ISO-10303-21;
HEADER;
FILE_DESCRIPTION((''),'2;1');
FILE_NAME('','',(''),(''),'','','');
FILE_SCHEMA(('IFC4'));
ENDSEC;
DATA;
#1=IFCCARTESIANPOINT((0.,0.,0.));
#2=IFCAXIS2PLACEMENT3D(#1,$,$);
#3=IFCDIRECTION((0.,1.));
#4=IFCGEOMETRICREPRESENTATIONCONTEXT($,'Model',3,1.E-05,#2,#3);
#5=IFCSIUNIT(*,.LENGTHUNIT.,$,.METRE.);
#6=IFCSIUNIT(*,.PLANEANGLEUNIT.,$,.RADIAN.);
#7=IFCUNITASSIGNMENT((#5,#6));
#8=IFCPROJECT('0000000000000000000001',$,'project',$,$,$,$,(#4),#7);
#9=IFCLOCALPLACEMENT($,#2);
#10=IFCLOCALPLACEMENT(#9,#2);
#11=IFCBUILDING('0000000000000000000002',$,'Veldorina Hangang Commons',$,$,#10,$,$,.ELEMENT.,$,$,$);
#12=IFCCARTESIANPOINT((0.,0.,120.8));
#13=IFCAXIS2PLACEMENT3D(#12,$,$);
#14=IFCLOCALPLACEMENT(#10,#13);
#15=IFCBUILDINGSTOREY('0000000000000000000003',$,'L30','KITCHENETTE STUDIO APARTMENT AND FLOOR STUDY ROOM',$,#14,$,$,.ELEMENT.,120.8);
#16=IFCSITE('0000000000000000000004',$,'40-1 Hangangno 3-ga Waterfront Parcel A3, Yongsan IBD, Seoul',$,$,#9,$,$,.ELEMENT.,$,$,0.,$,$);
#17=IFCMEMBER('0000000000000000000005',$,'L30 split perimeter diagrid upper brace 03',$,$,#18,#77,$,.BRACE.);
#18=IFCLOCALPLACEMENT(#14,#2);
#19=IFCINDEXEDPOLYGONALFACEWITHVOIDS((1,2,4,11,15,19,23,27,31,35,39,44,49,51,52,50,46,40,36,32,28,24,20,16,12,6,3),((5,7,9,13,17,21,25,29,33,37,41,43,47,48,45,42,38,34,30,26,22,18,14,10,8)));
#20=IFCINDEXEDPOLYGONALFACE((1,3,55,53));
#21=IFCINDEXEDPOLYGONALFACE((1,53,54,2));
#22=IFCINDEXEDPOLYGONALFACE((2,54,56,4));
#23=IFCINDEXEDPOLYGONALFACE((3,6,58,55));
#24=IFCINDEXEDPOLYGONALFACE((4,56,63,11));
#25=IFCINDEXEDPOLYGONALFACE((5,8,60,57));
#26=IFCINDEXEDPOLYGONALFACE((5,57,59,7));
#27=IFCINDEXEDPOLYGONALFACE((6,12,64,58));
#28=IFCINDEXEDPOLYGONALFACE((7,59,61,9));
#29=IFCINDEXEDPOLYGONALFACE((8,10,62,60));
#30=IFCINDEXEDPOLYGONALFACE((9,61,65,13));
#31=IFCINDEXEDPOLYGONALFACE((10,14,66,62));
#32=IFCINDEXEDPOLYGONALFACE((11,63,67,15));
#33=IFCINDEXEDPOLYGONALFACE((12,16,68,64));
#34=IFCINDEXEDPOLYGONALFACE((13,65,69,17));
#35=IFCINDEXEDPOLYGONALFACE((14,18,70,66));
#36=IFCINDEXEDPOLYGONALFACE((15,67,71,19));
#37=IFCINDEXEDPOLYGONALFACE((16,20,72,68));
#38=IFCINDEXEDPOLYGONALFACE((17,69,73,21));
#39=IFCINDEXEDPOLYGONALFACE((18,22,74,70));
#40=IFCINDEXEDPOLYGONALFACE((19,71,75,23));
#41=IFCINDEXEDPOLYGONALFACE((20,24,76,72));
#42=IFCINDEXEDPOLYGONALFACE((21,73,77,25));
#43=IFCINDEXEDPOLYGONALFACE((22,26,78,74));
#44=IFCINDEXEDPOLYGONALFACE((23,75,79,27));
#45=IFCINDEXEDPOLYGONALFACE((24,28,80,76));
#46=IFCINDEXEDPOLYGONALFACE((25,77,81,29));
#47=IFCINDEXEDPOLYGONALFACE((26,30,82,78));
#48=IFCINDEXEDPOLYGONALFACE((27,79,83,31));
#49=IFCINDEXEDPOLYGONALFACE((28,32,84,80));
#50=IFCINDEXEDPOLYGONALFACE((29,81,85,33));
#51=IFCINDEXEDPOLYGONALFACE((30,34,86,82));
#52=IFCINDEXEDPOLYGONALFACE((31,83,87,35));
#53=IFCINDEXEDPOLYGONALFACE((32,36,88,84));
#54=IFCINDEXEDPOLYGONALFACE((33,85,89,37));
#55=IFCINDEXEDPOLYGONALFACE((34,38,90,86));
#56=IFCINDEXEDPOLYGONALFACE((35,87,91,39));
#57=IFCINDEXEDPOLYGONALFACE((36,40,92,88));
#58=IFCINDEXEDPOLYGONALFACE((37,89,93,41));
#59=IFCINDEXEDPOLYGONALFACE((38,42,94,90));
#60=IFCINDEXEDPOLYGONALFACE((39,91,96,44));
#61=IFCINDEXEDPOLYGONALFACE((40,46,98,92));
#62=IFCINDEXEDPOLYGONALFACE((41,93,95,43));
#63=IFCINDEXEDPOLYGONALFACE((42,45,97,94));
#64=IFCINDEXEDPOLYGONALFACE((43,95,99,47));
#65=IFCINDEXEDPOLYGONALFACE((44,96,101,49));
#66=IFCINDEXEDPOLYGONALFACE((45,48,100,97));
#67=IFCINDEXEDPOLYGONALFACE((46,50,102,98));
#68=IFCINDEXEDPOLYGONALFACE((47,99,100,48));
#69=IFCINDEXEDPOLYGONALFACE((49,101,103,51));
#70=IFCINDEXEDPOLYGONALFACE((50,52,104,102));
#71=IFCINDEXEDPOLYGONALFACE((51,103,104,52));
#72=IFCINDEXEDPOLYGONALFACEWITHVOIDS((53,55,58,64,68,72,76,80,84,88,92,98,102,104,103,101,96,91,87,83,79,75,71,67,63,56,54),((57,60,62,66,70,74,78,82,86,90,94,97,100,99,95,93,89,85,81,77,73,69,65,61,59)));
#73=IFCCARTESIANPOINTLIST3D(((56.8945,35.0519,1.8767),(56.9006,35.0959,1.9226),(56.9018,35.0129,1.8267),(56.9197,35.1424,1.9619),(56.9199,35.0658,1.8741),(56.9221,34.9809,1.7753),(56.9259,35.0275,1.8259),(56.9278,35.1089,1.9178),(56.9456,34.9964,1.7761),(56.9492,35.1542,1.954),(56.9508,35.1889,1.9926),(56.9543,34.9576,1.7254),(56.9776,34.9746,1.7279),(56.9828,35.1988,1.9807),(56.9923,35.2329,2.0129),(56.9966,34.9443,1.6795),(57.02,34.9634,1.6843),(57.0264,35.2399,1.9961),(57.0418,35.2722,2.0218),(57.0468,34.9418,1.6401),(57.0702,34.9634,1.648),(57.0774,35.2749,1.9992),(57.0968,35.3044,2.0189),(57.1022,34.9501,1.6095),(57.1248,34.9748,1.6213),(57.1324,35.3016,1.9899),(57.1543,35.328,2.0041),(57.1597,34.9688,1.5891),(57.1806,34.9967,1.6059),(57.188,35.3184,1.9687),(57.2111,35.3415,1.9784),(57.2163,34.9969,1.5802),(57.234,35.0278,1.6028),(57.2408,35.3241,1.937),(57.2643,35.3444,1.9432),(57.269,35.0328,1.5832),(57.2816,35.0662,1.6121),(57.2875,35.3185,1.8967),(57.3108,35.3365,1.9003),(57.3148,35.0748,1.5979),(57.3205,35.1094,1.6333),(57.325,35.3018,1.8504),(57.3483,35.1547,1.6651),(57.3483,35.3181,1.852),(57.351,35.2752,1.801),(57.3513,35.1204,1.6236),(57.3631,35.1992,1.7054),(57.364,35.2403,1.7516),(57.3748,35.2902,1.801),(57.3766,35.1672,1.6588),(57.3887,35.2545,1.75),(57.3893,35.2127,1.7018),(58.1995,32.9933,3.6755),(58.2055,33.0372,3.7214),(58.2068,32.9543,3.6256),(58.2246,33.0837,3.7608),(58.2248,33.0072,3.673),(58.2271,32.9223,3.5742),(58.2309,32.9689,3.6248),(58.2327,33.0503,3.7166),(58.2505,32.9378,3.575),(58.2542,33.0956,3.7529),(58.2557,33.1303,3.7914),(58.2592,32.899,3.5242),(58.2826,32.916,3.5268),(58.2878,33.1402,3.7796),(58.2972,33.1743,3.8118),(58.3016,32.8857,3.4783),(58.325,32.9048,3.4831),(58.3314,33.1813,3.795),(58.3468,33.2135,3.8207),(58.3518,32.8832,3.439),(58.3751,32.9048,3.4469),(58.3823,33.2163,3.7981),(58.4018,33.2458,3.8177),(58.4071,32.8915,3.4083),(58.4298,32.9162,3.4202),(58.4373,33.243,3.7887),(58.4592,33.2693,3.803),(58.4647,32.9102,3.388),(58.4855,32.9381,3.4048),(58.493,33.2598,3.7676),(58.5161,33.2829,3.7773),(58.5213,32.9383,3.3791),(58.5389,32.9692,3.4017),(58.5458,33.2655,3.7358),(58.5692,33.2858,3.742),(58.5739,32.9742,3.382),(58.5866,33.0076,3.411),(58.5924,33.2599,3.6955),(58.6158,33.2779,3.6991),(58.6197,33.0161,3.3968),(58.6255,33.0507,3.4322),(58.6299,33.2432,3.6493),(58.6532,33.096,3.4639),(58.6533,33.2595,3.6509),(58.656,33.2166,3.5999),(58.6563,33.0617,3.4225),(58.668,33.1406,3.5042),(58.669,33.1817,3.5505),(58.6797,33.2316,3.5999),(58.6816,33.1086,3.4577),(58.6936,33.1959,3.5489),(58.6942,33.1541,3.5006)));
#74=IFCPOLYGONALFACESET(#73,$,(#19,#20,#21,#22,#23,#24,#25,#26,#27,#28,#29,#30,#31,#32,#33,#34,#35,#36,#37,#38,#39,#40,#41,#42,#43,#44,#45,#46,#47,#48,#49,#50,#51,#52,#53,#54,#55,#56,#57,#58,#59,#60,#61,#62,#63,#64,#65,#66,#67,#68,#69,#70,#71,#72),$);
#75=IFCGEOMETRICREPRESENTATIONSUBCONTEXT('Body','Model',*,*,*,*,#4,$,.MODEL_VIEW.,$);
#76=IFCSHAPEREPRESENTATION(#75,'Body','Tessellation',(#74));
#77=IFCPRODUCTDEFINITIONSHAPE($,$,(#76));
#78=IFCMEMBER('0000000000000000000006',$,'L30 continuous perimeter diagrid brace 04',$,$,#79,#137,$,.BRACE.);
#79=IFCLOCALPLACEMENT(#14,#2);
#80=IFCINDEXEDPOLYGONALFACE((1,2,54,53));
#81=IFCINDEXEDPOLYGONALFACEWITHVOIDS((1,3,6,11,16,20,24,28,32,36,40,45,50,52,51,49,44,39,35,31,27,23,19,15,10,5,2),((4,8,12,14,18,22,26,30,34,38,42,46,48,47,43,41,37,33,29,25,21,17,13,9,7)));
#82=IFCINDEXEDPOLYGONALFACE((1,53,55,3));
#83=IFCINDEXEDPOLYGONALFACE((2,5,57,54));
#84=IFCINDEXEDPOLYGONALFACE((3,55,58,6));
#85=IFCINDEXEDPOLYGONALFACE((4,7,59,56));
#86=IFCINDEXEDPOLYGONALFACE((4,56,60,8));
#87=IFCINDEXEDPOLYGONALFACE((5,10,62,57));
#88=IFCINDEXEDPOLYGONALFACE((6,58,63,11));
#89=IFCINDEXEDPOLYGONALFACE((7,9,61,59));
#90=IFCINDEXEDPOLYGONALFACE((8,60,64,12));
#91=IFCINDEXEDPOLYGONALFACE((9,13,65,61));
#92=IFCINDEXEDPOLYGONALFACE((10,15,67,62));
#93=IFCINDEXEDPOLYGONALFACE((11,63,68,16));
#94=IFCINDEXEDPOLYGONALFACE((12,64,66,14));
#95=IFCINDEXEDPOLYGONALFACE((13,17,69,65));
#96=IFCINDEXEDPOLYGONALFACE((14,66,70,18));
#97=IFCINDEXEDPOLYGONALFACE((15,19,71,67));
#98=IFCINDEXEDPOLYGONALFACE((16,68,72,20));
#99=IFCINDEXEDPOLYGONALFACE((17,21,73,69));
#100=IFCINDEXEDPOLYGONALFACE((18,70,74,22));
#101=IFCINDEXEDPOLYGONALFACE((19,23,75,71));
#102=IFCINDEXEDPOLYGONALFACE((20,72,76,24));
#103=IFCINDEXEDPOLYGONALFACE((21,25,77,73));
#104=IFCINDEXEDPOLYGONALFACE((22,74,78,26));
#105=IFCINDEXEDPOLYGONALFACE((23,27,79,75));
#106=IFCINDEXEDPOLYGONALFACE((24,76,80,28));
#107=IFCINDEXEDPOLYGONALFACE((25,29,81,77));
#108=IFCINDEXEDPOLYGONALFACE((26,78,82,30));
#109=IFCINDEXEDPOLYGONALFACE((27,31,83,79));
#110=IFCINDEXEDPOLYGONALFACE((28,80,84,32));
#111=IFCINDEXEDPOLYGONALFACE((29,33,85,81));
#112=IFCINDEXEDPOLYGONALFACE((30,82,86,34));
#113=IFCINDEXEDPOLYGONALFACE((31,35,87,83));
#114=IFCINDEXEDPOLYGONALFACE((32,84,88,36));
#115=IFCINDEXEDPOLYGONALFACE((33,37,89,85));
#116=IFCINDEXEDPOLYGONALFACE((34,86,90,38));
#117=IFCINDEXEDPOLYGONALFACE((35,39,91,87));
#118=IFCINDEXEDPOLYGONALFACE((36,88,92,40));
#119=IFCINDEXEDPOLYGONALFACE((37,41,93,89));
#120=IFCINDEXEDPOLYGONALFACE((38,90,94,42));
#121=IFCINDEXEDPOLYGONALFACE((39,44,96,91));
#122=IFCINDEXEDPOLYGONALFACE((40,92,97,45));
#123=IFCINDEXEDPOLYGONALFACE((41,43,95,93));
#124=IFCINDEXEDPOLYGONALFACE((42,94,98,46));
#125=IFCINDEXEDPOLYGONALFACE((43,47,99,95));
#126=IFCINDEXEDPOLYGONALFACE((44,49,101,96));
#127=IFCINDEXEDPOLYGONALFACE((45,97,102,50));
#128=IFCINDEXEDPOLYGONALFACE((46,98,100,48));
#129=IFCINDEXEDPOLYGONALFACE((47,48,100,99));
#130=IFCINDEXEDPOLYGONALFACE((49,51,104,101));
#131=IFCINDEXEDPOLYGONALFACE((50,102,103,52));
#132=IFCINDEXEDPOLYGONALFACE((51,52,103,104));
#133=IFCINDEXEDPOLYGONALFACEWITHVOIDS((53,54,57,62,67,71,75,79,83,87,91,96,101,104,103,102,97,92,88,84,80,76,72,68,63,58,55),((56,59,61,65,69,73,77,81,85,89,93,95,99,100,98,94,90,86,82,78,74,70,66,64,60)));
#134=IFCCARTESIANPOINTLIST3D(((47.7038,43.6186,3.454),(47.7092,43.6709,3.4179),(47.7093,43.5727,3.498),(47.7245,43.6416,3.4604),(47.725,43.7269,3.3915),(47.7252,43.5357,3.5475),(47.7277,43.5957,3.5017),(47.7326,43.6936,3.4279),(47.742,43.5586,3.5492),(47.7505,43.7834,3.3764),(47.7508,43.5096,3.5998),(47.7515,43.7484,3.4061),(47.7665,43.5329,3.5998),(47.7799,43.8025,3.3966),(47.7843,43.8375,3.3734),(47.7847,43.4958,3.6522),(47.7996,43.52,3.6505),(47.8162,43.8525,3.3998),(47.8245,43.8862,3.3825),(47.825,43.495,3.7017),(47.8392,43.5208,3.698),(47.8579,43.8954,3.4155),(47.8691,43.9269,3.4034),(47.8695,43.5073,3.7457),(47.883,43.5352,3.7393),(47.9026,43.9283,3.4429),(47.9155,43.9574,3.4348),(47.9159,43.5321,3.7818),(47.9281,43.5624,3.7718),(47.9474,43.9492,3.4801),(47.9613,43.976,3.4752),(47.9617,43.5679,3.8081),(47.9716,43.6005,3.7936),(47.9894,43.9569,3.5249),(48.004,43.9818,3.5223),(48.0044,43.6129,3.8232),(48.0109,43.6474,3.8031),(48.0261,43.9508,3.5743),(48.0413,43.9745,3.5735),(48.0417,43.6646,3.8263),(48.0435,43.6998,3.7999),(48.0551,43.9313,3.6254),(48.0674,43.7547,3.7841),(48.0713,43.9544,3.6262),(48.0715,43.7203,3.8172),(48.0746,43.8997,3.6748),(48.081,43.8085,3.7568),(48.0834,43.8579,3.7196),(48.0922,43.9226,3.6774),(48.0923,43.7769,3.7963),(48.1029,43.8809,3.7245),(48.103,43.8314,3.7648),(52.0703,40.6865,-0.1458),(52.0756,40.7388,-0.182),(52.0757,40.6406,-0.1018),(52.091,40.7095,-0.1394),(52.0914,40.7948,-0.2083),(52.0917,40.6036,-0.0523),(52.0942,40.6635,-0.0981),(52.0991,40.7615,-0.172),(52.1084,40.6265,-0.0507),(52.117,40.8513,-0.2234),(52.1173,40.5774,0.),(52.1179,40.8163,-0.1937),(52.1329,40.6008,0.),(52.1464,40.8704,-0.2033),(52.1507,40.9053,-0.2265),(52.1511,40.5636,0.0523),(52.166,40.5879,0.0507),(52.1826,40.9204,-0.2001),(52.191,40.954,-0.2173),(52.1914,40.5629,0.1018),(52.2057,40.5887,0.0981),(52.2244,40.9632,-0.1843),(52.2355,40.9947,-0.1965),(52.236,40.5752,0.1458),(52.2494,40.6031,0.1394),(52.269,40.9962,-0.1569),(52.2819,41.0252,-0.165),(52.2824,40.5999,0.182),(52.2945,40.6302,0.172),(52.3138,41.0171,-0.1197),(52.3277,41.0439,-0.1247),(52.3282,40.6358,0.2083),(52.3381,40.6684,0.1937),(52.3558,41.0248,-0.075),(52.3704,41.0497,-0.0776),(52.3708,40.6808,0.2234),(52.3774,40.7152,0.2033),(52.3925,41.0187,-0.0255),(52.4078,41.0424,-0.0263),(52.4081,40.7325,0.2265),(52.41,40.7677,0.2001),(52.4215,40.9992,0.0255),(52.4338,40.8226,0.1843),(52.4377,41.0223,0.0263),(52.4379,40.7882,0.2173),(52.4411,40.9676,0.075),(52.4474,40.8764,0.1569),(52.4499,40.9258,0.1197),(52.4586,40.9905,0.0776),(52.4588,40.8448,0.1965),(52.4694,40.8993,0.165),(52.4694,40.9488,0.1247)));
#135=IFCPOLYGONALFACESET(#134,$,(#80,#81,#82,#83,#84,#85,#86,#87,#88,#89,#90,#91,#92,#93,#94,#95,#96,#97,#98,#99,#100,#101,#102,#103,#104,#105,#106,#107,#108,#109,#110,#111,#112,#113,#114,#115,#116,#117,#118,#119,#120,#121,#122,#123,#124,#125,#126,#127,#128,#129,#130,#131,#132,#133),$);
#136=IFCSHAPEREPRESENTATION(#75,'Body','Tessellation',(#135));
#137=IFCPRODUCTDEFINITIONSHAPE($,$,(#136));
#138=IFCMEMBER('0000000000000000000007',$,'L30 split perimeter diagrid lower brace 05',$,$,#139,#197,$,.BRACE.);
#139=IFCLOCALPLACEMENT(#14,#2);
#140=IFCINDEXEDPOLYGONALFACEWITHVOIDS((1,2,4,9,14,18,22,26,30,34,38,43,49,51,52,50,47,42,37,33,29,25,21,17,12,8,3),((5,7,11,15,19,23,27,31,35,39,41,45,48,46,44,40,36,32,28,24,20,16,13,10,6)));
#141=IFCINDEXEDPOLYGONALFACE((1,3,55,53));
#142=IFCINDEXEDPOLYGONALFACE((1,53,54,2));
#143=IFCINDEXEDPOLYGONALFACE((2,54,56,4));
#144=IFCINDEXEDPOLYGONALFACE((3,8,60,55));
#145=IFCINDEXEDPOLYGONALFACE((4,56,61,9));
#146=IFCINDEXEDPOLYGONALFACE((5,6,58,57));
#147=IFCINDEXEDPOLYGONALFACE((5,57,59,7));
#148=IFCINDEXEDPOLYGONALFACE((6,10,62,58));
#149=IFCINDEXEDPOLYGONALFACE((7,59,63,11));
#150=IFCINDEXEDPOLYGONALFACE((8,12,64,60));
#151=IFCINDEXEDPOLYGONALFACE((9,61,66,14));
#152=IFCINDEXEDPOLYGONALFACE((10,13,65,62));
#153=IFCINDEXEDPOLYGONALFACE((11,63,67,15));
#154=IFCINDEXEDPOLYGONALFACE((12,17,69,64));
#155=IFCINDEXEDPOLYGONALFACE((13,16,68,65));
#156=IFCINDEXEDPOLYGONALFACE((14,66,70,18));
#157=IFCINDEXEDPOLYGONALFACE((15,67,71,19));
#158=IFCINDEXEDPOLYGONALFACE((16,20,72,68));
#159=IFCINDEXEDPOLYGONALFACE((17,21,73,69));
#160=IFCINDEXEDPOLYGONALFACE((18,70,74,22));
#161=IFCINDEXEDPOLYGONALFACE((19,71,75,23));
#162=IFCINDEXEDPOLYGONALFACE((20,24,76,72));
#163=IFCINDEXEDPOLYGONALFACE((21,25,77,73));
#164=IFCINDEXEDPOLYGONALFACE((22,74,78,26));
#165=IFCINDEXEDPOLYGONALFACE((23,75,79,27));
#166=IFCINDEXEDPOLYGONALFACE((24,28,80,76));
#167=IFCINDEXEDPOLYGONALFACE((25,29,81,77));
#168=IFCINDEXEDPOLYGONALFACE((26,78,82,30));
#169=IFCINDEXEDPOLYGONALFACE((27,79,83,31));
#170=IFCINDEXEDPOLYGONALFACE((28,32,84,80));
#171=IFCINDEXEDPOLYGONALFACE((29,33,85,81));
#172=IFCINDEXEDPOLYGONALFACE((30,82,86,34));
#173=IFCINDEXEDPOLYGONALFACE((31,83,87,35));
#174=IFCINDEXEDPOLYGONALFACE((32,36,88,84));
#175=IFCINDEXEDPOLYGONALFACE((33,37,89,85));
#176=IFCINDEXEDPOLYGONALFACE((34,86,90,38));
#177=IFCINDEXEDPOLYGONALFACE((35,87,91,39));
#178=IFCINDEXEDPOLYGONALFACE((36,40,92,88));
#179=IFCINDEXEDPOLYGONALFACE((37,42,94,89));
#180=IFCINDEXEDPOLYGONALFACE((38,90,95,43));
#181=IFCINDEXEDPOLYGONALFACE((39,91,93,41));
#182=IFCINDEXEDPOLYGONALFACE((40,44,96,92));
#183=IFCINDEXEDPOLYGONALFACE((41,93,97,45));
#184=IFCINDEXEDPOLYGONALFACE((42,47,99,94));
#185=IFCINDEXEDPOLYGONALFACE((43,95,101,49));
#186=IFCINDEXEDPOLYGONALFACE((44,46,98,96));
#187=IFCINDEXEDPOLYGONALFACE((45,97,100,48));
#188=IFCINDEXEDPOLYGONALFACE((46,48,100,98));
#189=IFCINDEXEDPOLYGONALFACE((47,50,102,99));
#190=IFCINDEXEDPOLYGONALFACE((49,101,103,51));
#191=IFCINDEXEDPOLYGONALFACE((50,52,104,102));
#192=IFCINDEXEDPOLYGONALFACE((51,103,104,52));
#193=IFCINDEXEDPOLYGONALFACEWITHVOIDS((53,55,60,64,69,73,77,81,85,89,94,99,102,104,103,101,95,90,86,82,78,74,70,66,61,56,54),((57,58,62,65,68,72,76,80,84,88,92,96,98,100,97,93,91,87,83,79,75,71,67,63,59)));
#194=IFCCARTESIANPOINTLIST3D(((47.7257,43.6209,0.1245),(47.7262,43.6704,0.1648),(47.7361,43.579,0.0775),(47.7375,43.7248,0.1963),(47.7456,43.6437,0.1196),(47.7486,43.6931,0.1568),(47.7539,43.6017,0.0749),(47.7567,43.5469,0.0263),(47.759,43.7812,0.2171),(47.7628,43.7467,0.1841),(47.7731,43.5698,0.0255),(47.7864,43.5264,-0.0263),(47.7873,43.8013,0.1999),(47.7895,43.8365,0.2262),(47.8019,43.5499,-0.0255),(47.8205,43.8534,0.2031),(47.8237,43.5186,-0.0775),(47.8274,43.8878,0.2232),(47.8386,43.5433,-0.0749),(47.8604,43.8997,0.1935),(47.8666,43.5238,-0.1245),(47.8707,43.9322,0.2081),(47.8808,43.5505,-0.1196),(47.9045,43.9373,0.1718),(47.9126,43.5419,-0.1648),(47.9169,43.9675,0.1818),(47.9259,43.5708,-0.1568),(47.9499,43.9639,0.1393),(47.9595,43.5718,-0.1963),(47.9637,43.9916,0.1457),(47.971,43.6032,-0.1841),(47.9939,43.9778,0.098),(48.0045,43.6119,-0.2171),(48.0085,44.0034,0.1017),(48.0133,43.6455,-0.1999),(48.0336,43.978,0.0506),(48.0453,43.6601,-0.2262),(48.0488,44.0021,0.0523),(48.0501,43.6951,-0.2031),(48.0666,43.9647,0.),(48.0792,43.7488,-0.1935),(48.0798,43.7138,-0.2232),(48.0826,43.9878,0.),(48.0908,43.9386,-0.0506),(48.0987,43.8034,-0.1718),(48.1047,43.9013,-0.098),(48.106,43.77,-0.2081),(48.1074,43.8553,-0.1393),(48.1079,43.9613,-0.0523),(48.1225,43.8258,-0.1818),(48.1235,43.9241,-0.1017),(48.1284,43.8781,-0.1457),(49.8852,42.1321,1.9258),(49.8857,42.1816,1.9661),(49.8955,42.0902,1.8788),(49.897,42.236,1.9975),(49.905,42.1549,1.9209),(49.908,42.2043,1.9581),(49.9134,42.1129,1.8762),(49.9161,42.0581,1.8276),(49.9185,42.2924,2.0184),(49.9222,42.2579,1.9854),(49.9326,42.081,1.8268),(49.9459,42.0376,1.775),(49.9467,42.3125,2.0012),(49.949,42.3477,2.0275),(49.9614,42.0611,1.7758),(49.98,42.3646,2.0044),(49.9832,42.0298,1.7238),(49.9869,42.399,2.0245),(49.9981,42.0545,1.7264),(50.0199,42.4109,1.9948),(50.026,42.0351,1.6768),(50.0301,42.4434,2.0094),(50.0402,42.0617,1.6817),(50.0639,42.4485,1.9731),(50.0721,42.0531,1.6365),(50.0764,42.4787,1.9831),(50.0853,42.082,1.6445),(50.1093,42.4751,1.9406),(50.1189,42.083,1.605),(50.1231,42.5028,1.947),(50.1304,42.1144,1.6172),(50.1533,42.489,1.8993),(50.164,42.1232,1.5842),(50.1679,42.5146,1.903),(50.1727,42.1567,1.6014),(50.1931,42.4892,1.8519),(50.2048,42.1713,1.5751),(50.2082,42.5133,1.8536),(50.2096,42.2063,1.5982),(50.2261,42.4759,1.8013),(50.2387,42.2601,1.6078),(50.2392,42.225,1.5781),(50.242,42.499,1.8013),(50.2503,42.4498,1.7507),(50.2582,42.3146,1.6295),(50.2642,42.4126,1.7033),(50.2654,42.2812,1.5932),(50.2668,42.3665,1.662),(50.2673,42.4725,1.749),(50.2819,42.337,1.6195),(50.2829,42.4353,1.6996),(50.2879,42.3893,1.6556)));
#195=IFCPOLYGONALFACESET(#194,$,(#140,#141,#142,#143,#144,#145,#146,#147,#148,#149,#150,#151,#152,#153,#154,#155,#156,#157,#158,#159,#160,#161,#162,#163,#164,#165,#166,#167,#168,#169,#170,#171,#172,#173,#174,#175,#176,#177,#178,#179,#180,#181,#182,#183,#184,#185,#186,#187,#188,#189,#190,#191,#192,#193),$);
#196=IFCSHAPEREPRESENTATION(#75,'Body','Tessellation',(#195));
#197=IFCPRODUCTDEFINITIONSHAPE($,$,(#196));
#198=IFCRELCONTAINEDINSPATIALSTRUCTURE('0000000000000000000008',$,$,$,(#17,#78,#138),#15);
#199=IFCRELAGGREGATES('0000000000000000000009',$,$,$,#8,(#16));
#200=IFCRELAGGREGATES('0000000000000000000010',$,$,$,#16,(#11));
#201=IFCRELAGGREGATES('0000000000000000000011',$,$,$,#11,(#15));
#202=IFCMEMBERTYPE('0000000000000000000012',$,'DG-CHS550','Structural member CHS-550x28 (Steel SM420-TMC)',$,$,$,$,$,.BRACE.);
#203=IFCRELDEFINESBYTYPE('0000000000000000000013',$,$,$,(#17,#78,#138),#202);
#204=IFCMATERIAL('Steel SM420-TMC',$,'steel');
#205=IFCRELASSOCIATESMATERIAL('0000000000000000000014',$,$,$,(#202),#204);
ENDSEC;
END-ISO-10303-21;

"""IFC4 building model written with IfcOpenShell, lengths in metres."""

from ifc_helpers import new_model, si_unit, direction, frame, origin, origin_2d, place, context, subcontext, project, spatial, hollow_circle, extrude, material, material_profile, profile_set, type_object, element, save


model = new_model("IFC4")

# Units and contexts
model_context = context("Model", 3, precision=1e-05, world=origin(), true_north=direction((0.0, 1.0)))
body_context = subcontext(model_context, "Body", "Model", "MODEL_VIEW")
ifc_project = project(units=[si_unit("LENGTHUNIT", "METRE"), si_unit("PLANEANGLEUNIT", "RADIAN")], contexts=[model_context])

# Site, building, storey
site_placement = place(None, origin())
site = spatial("IfcSite", under=ifc_project, at=site_placement, Name="40-1 Hangangno 3-ga Waterfront Parcel A3, Yongsan IBD, Seoul", CompositionType="ELEMENT", RefElevation=0.0)
building_placement = place(site_placement, origin())
building = spatial("IfcBuilding", under=site, at=building_placement, Name="Veldorina Hangang Commons", CompositionType="ELEMENT")
storey_placement = place(building_placement, frame((0.0, 0.0, 120.8)))
storey = spatial("IfcBuildingStorey", under=building, at=storey_placement, Name="L30", Description="KITCHENETTE STUDIO APARTMENT AND FLOOR STUDY ROOM", CompositionType="ELEMENT", Elevation=120.8)

# Shared definitions
ifc_material_1 = material(Name="Steel SM420-TMC", Category="steel")

# Members
ifc_material_profile_1 = material_profile(ifc_material_1, hollow_circle(Radius=0.2749, WallThickness=0.0281, at=origin_2d()), Name="CHS-550x28")
ifc_profile_set_1 = profile_set([ifc_material_profile_1], Name="Steel SM420-TMC")
member_type = type_object("IfcMemberType", Name="DG-CHS550", Description="Structural member CHS-550x28 (Steel SM420-TMC)", PredefinedType="BRACE", material=ifc_profile_set_1)
member_1_placement = place(storey_placement, frame((57.1426, 35.1431, 1.801), z_axis=(0.430775, -0.679569, 0.593817), x_axis=(0.844605, 0.53539, 0.0)))
element("IfcMember", 1, at=member_1_placement, inside=storey, type_object=member_type, Name="L30 split perimeter diagrid upper brace 03", PredefinedType="BRACE", context=body_context, shape_type="SweptSolid", body=[
    extrude(hollow_circle(Radius=0.2749, WallThickness=0.0281, at=origin_2d()), origin(), (0.0, 0.0, 1.0), 3.0293),
])
member_2_placement = place(storey_placement, frame((52.2705, 40.8057, 0.0), z_axis=(-0.685089, 0.460046, 0.564811), x_axis=(-0.557482, -0.830189, 0.0)))
element("IfcMember", 2, at=member_2_placement, inside=storey, type_object=member_type, Name="L30 continuous perimeter diagrid brace 04", PredefinedType="BRACE", context=body_context, shape_type="SweptSolid", body=[
    extrude(hollow_circle(Radius=0.2749, WallThickness=0.0281, at=origin_2d()), origin(), (0.0, 0.0, 1.0), 6.3735),
])
member_3_placement = place(storey_placement, frame((47.9265, 43.7615, 0.0), z_axis=(0.678671, -0.467896, 0.566109), x_axis=(0.567607, 0.8233, 0.0)))
element("IfcMember", 3, at=member_3_placement, inside=storey, type_object=member_type, Name="L30 split perimeter diagrid lower brace 05", PredefinedType="BRACE", context=body_context, shape_type="SweptSolid", body=[
    extrude(hollow_circle(Radius=0.2749, WallThickness=0.0281, at=origin_2d()), origin(), (0.0, 0.0, 1.0), 3.1819),
])

save(model, "model.ifc")
